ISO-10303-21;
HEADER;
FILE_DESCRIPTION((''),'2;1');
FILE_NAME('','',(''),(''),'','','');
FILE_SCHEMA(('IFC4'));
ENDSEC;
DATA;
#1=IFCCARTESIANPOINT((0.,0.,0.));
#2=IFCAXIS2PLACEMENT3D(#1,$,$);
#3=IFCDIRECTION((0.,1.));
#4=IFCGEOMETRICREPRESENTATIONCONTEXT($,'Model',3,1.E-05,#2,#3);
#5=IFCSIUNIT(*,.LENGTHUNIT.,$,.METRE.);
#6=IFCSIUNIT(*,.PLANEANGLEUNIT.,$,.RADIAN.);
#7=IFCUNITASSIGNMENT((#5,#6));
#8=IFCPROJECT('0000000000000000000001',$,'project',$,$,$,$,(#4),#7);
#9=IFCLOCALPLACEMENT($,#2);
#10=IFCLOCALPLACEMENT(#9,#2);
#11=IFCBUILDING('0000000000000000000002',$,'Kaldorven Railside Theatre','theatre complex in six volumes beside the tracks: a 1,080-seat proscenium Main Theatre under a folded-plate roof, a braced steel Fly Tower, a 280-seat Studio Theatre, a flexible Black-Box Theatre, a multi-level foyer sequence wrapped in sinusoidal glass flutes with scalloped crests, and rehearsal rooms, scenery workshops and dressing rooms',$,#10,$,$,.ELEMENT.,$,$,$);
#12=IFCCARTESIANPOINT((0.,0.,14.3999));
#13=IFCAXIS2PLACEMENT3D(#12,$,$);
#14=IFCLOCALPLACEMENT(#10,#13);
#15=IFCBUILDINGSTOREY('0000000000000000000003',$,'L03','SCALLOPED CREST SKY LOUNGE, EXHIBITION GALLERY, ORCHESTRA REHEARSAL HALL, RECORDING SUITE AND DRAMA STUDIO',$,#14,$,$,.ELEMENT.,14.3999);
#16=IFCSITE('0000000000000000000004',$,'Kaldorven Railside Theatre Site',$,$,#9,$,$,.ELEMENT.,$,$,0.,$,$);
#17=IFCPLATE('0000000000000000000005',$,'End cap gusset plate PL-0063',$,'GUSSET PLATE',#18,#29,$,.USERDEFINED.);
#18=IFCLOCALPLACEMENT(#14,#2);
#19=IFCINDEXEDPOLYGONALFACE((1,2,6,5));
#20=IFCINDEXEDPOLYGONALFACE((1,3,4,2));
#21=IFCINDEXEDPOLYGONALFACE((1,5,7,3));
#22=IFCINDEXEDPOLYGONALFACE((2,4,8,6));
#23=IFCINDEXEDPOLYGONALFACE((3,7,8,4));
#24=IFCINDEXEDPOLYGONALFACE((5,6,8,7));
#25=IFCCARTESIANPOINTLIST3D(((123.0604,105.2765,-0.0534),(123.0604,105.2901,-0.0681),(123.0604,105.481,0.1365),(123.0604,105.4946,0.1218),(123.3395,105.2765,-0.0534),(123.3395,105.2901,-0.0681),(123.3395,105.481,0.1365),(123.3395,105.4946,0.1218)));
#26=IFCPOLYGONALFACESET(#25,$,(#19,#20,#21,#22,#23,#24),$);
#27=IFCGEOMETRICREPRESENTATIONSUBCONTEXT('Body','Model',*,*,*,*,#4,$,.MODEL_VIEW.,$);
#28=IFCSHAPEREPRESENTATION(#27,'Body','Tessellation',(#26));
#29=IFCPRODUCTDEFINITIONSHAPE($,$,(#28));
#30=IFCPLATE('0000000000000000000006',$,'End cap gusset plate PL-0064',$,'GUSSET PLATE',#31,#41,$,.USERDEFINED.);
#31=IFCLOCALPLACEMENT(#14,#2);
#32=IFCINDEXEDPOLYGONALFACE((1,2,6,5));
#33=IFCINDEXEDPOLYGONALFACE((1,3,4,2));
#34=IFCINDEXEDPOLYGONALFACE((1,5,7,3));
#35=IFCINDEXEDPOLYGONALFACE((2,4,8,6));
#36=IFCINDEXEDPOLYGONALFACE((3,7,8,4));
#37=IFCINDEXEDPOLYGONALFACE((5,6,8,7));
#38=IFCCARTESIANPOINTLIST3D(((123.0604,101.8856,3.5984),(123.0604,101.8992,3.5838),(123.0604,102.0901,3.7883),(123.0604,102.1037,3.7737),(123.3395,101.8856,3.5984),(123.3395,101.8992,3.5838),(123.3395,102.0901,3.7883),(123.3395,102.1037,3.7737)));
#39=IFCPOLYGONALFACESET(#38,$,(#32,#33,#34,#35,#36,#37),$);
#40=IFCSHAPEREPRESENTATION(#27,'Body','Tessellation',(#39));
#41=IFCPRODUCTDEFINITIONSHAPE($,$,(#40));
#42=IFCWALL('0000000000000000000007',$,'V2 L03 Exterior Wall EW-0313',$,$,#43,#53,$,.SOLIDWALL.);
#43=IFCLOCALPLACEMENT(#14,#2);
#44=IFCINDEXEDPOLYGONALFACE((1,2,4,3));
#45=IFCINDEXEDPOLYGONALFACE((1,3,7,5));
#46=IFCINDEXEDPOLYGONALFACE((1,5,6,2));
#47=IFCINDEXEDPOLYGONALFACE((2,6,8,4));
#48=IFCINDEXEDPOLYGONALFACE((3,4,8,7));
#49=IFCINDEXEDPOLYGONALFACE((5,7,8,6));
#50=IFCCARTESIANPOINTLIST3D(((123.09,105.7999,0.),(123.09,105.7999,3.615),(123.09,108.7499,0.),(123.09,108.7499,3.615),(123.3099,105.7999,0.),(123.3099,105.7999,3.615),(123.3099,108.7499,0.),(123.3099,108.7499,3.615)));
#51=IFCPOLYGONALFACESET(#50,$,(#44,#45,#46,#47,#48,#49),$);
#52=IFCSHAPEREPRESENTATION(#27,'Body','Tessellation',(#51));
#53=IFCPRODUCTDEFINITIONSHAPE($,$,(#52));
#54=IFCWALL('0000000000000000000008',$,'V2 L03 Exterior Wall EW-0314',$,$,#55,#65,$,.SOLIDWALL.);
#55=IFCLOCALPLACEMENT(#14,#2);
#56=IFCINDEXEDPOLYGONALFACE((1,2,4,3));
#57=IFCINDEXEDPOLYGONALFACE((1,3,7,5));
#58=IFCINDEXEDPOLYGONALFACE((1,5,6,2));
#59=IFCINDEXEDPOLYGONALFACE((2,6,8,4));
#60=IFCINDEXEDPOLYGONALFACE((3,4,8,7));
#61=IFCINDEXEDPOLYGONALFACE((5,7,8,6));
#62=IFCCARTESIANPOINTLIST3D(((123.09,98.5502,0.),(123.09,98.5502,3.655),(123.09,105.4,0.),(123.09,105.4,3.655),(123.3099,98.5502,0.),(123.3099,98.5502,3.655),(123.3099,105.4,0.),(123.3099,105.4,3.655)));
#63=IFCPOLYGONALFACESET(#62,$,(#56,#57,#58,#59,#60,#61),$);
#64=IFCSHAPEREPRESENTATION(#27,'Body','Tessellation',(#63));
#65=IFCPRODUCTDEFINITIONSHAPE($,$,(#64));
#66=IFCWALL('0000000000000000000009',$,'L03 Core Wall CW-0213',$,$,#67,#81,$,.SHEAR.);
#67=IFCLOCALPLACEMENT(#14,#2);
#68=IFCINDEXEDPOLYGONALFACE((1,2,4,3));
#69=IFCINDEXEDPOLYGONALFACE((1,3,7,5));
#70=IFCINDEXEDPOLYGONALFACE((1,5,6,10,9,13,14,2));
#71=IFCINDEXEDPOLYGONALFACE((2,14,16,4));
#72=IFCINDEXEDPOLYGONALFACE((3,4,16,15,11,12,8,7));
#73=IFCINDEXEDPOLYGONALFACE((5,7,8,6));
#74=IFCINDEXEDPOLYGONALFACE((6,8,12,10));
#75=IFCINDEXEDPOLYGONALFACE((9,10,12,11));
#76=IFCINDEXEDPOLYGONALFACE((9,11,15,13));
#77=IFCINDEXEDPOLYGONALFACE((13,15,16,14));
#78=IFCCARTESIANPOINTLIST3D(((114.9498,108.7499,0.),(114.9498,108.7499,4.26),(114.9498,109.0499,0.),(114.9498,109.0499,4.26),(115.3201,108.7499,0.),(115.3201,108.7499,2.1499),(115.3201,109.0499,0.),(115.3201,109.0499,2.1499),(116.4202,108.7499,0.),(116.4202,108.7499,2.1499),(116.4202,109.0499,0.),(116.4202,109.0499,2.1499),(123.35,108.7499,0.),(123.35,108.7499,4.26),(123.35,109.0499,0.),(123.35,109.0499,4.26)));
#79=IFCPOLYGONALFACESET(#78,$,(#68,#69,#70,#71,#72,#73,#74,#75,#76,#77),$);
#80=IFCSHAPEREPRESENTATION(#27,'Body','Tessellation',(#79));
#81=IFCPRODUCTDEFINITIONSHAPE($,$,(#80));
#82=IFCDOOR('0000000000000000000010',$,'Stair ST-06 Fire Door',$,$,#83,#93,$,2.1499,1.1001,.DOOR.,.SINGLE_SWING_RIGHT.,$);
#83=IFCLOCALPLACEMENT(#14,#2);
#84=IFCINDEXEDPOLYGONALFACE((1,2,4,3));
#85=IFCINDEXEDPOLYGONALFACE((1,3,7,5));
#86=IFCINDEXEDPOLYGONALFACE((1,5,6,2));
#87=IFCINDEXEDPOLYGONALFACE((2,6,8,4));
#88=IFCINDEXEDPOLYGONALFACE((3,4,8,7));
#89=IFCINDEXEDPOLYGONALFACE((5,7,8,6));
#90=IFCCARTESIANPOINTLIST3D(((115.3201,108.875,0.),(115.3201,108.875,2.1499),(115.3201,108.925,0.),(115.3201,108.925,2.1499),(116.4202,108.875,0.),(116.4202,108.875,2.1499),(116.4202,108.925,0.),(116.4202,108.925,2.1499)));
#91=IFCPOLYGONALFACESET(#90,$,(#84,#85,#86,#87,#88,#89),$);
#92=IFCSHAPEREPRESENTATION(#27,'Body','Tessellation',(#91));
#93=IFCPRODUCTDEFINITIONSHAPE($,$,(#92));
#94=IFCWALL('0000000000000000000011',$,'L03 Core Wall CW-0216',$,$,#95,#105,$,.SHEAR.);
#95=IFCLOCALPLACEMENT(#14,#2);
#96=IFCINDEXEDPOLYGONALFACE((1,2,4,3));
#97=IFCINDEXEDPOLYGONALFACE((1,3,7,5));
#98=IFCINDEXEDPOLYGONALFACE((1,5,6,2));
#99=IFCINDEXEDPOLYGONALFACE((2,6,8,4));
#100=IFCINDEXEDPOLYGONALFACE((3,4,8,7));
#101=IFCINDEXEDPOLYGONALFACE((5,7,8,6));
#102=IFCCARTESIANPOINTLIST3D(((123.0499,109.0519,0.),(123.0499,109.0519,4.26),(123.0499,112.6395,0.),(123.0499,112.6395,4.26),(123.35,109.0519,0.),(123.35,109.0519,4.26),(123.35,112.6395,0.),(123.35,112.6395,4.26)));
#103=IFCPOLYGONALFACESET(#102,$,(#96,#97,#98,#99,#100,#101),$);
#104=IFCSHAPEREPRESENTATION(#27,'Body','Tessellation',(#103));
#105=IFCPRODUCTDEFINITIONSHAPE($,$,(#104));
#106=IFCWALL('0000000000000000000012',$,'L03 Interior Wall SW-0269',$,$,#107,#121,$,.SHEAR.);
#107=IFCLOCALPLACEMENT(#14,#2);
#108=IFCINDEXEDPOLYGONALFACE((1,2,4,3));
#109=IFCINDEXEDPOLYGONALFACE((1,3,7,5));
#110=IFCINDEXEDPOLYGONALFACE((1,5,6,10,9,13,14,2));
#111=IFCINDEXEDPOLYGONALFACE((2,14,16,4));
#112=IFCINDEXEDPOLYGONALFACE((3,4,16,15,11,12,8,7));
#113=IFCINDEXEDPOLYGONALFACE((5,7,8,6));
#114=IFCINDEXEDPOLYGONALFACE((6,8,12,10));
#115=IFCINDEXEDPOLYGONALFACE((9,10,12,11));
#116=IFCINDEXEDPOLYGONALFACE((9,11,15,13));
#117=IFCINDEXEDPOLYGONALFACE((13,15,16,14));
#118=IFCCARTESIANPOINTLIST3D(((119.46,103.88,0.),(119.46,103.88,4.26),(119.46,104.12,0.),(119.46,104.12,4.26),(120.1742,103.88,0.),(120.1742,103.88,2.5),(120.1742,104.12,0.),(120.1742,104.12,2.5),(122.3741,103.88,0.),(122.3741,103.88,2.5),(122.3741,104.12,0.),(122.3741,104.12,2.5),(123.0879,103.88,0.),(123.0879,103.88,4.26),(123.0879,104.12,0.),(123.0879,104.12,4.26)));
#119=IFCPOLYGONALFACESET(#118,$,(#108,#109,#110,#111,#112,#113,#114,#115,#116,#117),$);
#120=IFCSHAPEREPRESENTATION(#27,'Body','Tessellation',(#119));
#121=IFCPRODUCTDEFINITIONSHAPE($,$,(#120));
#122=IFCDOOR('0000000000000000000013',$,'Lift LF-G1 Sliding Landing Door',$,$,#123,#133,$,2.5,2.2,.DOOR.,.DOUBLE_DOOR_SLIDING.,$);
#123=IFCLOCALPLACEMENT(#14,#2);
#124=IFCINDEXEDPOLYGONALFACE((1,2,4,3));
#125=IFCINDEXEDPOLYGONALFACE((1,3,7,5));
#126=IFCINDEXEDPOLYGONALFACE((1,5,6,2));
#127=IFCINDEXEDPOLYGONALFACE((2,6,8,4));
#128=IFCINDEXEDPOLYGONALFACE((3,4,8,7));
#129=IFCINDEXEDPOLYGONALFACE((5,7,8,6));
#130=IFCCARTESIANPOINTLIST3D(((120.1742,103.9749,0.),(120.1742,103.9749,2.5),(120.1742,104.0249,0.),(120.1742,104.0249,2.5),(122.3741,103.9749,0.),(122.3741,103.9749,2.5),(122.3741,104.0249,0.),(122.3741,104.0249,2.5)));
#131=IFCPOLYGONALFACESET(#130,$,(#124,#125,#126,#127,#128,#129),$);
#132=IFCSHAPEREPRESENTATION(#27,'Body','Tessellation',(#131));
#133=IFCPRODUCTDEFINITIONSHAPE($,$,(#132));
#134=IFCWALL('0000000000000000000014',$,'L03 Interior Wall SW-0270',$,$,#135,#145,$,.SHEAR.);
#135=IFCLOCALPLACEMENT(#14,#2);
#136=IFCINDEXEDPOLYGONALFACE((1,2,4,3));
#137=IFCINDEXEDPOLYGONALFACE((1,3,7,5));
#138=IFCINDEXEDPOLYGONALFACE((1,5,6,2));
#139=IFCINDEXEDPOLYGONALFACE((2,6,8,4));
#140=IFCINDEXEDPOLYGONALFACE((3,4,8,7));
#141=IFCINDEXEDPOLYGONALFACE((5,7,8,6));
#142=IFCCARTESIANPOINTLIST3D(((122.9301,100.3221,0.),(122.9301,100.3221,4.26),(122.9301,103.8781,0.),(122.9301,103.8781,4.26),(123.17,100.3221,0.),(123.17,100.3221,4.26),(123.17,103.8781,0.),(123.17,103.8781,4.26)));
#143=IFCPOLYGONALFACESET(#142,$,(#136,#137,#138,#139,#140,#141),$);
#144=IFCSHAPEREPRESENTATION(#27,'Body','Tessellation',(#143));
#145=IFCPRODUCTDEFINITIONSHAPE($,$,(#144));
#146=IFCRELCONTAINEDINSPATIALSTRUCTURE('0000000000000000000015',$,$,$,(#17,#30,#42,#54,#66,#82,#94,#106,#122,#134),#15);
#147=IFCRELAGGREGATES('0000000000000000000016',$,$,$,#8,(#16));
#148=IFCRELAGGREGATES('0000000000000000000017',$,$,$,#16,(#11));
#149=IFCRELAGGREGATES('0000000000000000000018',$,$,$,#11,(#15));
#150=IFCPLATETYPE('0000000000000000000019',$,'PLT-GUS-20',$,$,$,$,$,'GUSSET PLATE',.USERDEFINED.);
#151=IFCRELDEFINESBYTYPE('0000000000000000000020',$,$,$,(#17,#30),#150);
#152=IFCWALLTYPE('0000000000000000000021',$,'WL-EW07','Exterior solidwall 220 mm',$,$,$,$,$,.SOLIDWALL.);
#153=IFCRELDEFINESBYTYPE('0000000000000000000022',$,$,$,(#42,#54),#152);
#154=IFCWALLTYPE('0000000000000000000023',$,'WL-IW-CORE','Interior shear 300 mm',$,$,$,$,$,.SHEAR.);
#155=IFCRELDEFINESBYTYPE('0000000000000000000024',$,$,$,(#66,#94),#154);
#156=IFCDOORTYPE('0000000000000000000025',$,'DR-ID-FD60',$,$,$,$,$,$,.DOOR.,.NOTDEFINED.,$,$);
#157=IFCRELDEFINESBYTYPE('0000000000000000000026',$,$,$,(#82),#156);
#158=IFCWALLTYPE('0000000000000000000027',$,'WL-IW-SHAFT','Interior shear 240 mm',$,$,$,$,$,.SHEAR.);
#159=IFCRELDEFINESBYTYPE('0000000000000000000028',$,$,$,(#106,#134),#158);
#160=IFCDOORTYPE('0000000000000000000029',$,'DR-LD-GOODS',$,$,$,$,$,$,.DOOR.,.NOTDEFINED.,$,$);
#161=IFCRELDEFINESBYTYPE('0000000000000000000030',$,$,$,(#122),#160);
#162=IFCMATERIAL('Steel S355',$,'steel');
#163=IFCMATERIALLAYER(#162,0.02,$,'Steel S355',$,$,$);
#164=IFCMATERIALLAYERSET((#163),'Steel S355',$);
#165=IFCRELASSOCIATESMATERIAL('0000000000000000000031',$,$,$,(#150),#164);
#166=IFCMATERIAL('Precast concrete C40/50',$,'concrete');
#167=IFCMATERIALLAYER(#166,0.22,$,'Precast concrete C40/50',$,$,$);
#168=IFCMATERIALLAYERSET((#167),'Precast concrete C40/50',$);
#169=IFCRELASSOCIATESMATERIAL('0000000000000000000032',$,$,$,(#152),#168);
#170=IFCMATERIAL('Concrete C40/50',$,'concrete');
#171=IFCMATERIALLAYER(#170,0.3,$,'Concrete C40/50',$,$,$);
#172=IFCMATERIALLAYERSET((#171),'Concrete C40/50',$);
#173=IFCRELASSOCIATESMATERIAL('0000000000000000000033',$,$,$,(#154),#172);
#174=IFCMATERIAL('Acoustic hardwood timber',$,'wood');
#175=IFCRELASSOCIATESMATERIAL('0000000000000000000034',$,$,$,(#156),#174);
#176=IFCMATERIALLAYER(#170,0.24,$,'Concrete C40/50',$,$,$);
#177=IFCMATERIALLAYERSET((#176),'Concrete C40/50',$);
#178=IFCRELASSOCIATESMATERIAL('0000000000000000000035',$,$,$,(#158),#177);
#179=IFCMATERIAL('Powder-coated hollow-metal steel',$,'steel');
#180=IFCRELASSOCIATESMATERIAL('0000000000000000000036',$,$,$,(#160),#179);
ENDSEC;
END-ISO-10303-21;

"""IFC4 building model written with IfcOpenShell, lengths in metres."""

from ifc_helpers import new_model, si_unit, direction, frame, frame_2d, origin, origin_2d, place, context, subcontext, project, spatial, rectangle, extrude, material, layer, layer_set, type_object, element, fill, save


model = new_model("IFC4")

# Units and contexts
model_context = context("Model", 3, precision=1e-05, world=origin(), true_north=direction((0.0, 1.0)))
body_context = subcontext(model_context, "Body", "Model", "MODEL_VIEW")
ifc_project = project(units=[si_unit("LENGTHUNIT", "METRE"), si_unit("PLANEANGLEUNIT", "RADIAN")], contexts=[model_context])

# Site, building, storey
site_placement = place(None, origin())
site = spatial("IfcSite", under=ifc_project, at=site_placement, Name="Kaldorven Railside Theatre Site", CompositionType="ELEMENT", RefElevation=0.0)
building_placement = place(site_placement, origin())
building = spatial("IfcBuilding", under=site, at=building_placement, Name="Kaldorven Railside Theatre", Description="theatre complex in six volumes beside the tracks: a 1,080-seat proscenium Main Theatre under a folded-plate roof, a braced steel Fly Tower, a 280-seat Studio Theatre, a flexible Black-Box Theatre, a multi-level foyer sequence wrapped in sinusoidal glass flutes with scalloped crests, and rehearsal rooms, scenery workshops and dressing rooms", CompositionType="ELEMENT")
storey_placement = place(building_placement, frame((0.0, 0.0, 14.3999)))
storey = spatial("IfcBuildingStorey", under=building, at=storey_placement, Name="L03", Description="SCALLOPED CREST SKY LOUNGE, EXHIBITION GALLERY, ORCHESTRA REHEARSAL HALL, RECORDING SUITE AND DRAMA STUDIO", CompositionType="ELEMENT", Elevation=14.3999)

# Shared definitions
ifc_material_1 = material(Name="Steel S355", Category="steel")

# Shared definitions
ifc_material_2 = material(Name="Concrete C40/50", Category="concrete")

# Plates
ifc_layer_1 = layer(ifc_material_1, 0.02, Name="Steel S355")
ifc_layer_set_1 = layer_set([ifc_layer_1], Name="Steel S355")
plate_type = type_object("IfcPlateType", Name="PLT-GUS-20", ElementType="GUSSET PLATE", PredefinedType="USERDEFINED", material=ifc_layer_set_1)
for number, where, z_axis, x_axis, name in (
    (1, (123.2, 105.3923, 0.0269), (0.0, -0.680465, 0.73278), (1.0, 0.0, 0.0), "End cap gusset plate PL-0063"),
    (2, (123.2, 102.0015, 3.6787), (0.0, -0.680465, 0.73278), (1.0, 0.0, 0.0), "End cap gusset plate PL-0064"),
):
    element("IfcPlate", number, at=place(storey_placement, frame(where, z_axis=z_axis, x_axis=x_axis)), inside=storey, type_object=plate_type, Name=name, ObjectType="GUSSET PLATE", PredefinedType="USERDEFINED", context=body_context, shape_type="SweptSolid", body=[
        extrude(rectangle(XDim=0.2791, YDim=0.2791, at=origin_2d()), origin(), (0.0, 0.0, 1.0), 0.02),
    ])

# Walls
ifc_material_3 = material(Name="Precast concrete C40/50", Category="concrete")
ifc_layer_2 = layer(ifc_material_3, 0.22, Name="Precast concrete C40/50")
ifc_layer_set_2 = layer_set([ifc_layer_2], Name="Precast concrete C40/50")
wall_type_1 = type_object("IfcWallType", Name="WL-EW07", Description="Exterior solidwall 220 mm", PredefinedType="SOLIDWALL", material=ifc_layer_set_2)
wall_1_placement = place(storey_placement, frame((123.2, 108.75, 0.0), z_axis=(0.0, 0.0, 1.0), x_axis=(0.0, -1.0, 0.0)))
element("IfcWall", 3, at=wall_1_placement, inside=storey, type_object=wall_type_1, Name="V2 L03 Exterior Wall EW-0313", PredefinedType="SOLIDWALL", context=body_context, shape_type="SweptSolid", body=[
    extrude(rectangle(XDim=2.95, YDim=0.22, at=frame_2d((1.4751, 0.0))), origin(), (0.0, 0.0, 1.0), 3.615),
])
wall_2_placement = place(storey_placement, frame((123.2, 105.3999, 0.0), z_axis=(0.0, 0.0, 1.0), x_axis=(0.0, -1.0, 0.0)))
element("IfcWall", 4, at=wall_2_placement, inside=storey, type_object=wall_type_1, Name="V2 L03 Exterior Wall EW-0314", PredefinedType="SOLIDWALL", context=body_context, shape_type="SweptSolid", body=[
    extrude(rectangle(XDim=6.8499, YDim=0.22, at=frame_2d((3.4248, 0.0))), origin(), (0.0, 0.0, 1.0), 3.655),
])

# Wall, opening, door
ifc_layer_3 = layer(ifc_material_2, 0.3, Name="Concrete C40/50")
ifc_layer_set_3 = layer_set([ifc_layer_3], Name="Concrete C40/50")
wall_type_2 = type_object("IfcWallType", Name="WL-IW-CORE", Description="Interior shear 300 mm", PredefinedType="SHEAR", material=ifc_layer_set_3)
wall_3_placement = place(storey_placement, frame((123.3501, 108.8999, 0.0), z_axis=(0.0, 0.0, 1.0), x_axis=(-1.0, 0.0, 0.0)))
wall_3 = element("IfcWall", 5, at=wall_3_placement, inside=storey, type_object=wall_type_2, Name="L03 Core Wall CW-0213", PredefinedType="SHEAR", context=body_context, shape_type="SweptSolid", body=[
    extrude(rectangle(XDim=8.4001, YDim=0.3, at=frame_2d((4.2002, 0.0))), origin(), (0.0, 0.0, 1.0), 4.26),
])
opening_1_placement = place(wall_3_placement, frame((6.9299, 0.0, 0.0)))
opening_1 = element("IfcOpeningElement", 6, at=opening_1_placement, cuts=wall_3, PredefinedType="OPENING", context=body_context, shape_type="SweptSolid", body=[
    extrude(rectangle(XDim=1.1001, YDim=2.1499, at=frame_2d((0.55, 1.075))), frame((0.0, 0.1602, 0.0), z_axis=(0.0, -1.0, 0.0), x_axis=(1.0, 0.0, 0.0)), (0.0, 0.0, 1.0), 0.3201),
])
ifc_material_4 = material(Name="Acoustic hardwood timber", Category="wood")
door_type_1 = type_object("IfcDoorType", Name="DR-ID-FD60", OperationType="NOTDEFINED", PredefinedType="DOOR", material=ifc_material_4)
door_1_placement = place(opening_1_placement, origin())
door_1 = element("IfcDoor", 7, at=door_1_placement, inside=storey, type_object=door_type_1, Name="Stair ST-06 Fire Door", OperationType="SINGLE_SWING_RIGHT", OverallHeight=2.1499, OverallWidth=1.1001, PredefinedType="DOOR", context=body_context, shape_type="SweptSolid", body=[
    extrude(rectangle(XDim=1.1001, YDim=2.1499, at=frame_2d((0.55, 1.075))), frame((0.0, 0.0249, 0.0), z_axis=(0.0, -1.0, 0.0), x_axis=(1.0, 0.0, 0.0)), (0.0, 0.0, 1.0), 0.05),
])
fill(opening_1, door_1)

# Wall
wall_4_placement = place(storey_placement, frame((123.2, 112.6396, 0.0), z_axis=(0.0, 0.0, 1.0), x_axis=(0.0, -1.0, 0.0)))
element("IfcWall", 8, at=wall_4_placement, inside=storey, type_object=wall_type_2, Name="L03 Core Wall CW-0216", PredefinedType="SHEAR", context=body_context, shape_type="SweptSolid", body=[
    extrude(rectangle(XDim=3.5876, YDim=0.3, at=frame_2d((1.7939, 0.0))), origin(), (0.0, 0.0, 1.0), 4.26),
])

# Wall, opening, door
ifc_layer_4 = layer(ifc_material_2, 0.24, Name="Concrete C40/50")
ifc_layer_set_4 = layer_set([ifc_layer_4], Name="Concrete C40/50")
wall_type_3 = type_object("IfcWallType", Name="WL-IW-SHAFT", Description="Interior shear 240 mm", PredefinedType="SHEAR", material=ifc_layer_set_4)
wall_5_placement = place(storey_placement, frame((119.46, 104.0, 0.0), z_axis=(0.0, 0.0, 1.0), x_axis=(1.0, 0.0, 0.0)))
wall_5 = element("IfcWall", 9, at=wall_5_placement, inside=storey, type_object=wall_type_3, Name="L03 Interior Wall SW-0269", PredefinedType="SHEAR", context=body_context, shape_type="SweptSolid", body=[
    extrude(rectangle(XDim=3.6279, YDim=0.24, at=frame_2d((1.814, 0.0))), origin(), (0.0, 0.0, 1.0), 4.26),
])
opening_2_placement = place(wall_5_placement, frame((0.7141, 0.0, 0.0)))
opening_2 = element("IfcOpeningElement", 10, at=opening_2_placement, cuts=wall_5, PredefinedType="OPENING", context=body_context, shape_type="SweptSolid", body=[
    extrude(rectangle(XDim=2.2, YDim=2.5, at=frame_2d((1.1001, 1.25))), frame((0.0, 0.1299, 0.0), z_axis=(0.0, -1.0, 0.0), x_axis=(1.0, 0.0, 0.0)), (0.0, 0.0, 1.0), 0.26),
])
ifc_material_5 = material(Name="Powder-coated hollow-metal steel", Category="steel")
door_type_2 = type_object("IfcDoorType", Name="DR-LD-GOODS", OperationType="NOTDEFINED", PredefinedType="DOOR", material=ifc_material_5)
door_2_placement = place(opening_2_placement, origin())
door_2 = element("IfcDoor", 11, at=door_2_placement, inside=storey, type_object=door_type_2, Name="Lift LF-G1 Sliding Landing Door", OperationType="DOUBLE_DOOR_SLIDING", OverallHeight=2.5, OverallWidth=2.2, PredefinedType="DOOR", context=body_context, shape_type="SweptSolid", body=[
    extrude(rectangle(XDim=2.2, YDim=2.5, at=frame_2d((1.1001, 1.25))), frame((0.0, 0.0249, 0.0), z_axis=(0.0, -1.0, 0.0), x_axis=(1.0, 0.0, 0.0)), (0.0, 0.0, 1.0), 0.05),
])
fill(opening_2, door_2)

# Wall
wall_6_placement = place(storey_placement, frame((123.05, 103.8779, 0.0), z_axis=(0.0, 0.0, 1.0), x_axis=(0.0, -1.0, 0.0)))
element("IfcWall", 12, at=wall_6_placement, inside=storey, type_object=wall_type_3, Name="L03 Interior Wall SW-0270", PredefinedType="SHEAR", context=body_context, shape_type="SweptSolid", body=[
    extrude(rectangle(XDim=3.5559, YDim=0.24, at=frame_2d((1.7778, 0.0))), origin(), (0.0, 0.0, 1.0), 4.26),
])

save(model, "model.ifc")
